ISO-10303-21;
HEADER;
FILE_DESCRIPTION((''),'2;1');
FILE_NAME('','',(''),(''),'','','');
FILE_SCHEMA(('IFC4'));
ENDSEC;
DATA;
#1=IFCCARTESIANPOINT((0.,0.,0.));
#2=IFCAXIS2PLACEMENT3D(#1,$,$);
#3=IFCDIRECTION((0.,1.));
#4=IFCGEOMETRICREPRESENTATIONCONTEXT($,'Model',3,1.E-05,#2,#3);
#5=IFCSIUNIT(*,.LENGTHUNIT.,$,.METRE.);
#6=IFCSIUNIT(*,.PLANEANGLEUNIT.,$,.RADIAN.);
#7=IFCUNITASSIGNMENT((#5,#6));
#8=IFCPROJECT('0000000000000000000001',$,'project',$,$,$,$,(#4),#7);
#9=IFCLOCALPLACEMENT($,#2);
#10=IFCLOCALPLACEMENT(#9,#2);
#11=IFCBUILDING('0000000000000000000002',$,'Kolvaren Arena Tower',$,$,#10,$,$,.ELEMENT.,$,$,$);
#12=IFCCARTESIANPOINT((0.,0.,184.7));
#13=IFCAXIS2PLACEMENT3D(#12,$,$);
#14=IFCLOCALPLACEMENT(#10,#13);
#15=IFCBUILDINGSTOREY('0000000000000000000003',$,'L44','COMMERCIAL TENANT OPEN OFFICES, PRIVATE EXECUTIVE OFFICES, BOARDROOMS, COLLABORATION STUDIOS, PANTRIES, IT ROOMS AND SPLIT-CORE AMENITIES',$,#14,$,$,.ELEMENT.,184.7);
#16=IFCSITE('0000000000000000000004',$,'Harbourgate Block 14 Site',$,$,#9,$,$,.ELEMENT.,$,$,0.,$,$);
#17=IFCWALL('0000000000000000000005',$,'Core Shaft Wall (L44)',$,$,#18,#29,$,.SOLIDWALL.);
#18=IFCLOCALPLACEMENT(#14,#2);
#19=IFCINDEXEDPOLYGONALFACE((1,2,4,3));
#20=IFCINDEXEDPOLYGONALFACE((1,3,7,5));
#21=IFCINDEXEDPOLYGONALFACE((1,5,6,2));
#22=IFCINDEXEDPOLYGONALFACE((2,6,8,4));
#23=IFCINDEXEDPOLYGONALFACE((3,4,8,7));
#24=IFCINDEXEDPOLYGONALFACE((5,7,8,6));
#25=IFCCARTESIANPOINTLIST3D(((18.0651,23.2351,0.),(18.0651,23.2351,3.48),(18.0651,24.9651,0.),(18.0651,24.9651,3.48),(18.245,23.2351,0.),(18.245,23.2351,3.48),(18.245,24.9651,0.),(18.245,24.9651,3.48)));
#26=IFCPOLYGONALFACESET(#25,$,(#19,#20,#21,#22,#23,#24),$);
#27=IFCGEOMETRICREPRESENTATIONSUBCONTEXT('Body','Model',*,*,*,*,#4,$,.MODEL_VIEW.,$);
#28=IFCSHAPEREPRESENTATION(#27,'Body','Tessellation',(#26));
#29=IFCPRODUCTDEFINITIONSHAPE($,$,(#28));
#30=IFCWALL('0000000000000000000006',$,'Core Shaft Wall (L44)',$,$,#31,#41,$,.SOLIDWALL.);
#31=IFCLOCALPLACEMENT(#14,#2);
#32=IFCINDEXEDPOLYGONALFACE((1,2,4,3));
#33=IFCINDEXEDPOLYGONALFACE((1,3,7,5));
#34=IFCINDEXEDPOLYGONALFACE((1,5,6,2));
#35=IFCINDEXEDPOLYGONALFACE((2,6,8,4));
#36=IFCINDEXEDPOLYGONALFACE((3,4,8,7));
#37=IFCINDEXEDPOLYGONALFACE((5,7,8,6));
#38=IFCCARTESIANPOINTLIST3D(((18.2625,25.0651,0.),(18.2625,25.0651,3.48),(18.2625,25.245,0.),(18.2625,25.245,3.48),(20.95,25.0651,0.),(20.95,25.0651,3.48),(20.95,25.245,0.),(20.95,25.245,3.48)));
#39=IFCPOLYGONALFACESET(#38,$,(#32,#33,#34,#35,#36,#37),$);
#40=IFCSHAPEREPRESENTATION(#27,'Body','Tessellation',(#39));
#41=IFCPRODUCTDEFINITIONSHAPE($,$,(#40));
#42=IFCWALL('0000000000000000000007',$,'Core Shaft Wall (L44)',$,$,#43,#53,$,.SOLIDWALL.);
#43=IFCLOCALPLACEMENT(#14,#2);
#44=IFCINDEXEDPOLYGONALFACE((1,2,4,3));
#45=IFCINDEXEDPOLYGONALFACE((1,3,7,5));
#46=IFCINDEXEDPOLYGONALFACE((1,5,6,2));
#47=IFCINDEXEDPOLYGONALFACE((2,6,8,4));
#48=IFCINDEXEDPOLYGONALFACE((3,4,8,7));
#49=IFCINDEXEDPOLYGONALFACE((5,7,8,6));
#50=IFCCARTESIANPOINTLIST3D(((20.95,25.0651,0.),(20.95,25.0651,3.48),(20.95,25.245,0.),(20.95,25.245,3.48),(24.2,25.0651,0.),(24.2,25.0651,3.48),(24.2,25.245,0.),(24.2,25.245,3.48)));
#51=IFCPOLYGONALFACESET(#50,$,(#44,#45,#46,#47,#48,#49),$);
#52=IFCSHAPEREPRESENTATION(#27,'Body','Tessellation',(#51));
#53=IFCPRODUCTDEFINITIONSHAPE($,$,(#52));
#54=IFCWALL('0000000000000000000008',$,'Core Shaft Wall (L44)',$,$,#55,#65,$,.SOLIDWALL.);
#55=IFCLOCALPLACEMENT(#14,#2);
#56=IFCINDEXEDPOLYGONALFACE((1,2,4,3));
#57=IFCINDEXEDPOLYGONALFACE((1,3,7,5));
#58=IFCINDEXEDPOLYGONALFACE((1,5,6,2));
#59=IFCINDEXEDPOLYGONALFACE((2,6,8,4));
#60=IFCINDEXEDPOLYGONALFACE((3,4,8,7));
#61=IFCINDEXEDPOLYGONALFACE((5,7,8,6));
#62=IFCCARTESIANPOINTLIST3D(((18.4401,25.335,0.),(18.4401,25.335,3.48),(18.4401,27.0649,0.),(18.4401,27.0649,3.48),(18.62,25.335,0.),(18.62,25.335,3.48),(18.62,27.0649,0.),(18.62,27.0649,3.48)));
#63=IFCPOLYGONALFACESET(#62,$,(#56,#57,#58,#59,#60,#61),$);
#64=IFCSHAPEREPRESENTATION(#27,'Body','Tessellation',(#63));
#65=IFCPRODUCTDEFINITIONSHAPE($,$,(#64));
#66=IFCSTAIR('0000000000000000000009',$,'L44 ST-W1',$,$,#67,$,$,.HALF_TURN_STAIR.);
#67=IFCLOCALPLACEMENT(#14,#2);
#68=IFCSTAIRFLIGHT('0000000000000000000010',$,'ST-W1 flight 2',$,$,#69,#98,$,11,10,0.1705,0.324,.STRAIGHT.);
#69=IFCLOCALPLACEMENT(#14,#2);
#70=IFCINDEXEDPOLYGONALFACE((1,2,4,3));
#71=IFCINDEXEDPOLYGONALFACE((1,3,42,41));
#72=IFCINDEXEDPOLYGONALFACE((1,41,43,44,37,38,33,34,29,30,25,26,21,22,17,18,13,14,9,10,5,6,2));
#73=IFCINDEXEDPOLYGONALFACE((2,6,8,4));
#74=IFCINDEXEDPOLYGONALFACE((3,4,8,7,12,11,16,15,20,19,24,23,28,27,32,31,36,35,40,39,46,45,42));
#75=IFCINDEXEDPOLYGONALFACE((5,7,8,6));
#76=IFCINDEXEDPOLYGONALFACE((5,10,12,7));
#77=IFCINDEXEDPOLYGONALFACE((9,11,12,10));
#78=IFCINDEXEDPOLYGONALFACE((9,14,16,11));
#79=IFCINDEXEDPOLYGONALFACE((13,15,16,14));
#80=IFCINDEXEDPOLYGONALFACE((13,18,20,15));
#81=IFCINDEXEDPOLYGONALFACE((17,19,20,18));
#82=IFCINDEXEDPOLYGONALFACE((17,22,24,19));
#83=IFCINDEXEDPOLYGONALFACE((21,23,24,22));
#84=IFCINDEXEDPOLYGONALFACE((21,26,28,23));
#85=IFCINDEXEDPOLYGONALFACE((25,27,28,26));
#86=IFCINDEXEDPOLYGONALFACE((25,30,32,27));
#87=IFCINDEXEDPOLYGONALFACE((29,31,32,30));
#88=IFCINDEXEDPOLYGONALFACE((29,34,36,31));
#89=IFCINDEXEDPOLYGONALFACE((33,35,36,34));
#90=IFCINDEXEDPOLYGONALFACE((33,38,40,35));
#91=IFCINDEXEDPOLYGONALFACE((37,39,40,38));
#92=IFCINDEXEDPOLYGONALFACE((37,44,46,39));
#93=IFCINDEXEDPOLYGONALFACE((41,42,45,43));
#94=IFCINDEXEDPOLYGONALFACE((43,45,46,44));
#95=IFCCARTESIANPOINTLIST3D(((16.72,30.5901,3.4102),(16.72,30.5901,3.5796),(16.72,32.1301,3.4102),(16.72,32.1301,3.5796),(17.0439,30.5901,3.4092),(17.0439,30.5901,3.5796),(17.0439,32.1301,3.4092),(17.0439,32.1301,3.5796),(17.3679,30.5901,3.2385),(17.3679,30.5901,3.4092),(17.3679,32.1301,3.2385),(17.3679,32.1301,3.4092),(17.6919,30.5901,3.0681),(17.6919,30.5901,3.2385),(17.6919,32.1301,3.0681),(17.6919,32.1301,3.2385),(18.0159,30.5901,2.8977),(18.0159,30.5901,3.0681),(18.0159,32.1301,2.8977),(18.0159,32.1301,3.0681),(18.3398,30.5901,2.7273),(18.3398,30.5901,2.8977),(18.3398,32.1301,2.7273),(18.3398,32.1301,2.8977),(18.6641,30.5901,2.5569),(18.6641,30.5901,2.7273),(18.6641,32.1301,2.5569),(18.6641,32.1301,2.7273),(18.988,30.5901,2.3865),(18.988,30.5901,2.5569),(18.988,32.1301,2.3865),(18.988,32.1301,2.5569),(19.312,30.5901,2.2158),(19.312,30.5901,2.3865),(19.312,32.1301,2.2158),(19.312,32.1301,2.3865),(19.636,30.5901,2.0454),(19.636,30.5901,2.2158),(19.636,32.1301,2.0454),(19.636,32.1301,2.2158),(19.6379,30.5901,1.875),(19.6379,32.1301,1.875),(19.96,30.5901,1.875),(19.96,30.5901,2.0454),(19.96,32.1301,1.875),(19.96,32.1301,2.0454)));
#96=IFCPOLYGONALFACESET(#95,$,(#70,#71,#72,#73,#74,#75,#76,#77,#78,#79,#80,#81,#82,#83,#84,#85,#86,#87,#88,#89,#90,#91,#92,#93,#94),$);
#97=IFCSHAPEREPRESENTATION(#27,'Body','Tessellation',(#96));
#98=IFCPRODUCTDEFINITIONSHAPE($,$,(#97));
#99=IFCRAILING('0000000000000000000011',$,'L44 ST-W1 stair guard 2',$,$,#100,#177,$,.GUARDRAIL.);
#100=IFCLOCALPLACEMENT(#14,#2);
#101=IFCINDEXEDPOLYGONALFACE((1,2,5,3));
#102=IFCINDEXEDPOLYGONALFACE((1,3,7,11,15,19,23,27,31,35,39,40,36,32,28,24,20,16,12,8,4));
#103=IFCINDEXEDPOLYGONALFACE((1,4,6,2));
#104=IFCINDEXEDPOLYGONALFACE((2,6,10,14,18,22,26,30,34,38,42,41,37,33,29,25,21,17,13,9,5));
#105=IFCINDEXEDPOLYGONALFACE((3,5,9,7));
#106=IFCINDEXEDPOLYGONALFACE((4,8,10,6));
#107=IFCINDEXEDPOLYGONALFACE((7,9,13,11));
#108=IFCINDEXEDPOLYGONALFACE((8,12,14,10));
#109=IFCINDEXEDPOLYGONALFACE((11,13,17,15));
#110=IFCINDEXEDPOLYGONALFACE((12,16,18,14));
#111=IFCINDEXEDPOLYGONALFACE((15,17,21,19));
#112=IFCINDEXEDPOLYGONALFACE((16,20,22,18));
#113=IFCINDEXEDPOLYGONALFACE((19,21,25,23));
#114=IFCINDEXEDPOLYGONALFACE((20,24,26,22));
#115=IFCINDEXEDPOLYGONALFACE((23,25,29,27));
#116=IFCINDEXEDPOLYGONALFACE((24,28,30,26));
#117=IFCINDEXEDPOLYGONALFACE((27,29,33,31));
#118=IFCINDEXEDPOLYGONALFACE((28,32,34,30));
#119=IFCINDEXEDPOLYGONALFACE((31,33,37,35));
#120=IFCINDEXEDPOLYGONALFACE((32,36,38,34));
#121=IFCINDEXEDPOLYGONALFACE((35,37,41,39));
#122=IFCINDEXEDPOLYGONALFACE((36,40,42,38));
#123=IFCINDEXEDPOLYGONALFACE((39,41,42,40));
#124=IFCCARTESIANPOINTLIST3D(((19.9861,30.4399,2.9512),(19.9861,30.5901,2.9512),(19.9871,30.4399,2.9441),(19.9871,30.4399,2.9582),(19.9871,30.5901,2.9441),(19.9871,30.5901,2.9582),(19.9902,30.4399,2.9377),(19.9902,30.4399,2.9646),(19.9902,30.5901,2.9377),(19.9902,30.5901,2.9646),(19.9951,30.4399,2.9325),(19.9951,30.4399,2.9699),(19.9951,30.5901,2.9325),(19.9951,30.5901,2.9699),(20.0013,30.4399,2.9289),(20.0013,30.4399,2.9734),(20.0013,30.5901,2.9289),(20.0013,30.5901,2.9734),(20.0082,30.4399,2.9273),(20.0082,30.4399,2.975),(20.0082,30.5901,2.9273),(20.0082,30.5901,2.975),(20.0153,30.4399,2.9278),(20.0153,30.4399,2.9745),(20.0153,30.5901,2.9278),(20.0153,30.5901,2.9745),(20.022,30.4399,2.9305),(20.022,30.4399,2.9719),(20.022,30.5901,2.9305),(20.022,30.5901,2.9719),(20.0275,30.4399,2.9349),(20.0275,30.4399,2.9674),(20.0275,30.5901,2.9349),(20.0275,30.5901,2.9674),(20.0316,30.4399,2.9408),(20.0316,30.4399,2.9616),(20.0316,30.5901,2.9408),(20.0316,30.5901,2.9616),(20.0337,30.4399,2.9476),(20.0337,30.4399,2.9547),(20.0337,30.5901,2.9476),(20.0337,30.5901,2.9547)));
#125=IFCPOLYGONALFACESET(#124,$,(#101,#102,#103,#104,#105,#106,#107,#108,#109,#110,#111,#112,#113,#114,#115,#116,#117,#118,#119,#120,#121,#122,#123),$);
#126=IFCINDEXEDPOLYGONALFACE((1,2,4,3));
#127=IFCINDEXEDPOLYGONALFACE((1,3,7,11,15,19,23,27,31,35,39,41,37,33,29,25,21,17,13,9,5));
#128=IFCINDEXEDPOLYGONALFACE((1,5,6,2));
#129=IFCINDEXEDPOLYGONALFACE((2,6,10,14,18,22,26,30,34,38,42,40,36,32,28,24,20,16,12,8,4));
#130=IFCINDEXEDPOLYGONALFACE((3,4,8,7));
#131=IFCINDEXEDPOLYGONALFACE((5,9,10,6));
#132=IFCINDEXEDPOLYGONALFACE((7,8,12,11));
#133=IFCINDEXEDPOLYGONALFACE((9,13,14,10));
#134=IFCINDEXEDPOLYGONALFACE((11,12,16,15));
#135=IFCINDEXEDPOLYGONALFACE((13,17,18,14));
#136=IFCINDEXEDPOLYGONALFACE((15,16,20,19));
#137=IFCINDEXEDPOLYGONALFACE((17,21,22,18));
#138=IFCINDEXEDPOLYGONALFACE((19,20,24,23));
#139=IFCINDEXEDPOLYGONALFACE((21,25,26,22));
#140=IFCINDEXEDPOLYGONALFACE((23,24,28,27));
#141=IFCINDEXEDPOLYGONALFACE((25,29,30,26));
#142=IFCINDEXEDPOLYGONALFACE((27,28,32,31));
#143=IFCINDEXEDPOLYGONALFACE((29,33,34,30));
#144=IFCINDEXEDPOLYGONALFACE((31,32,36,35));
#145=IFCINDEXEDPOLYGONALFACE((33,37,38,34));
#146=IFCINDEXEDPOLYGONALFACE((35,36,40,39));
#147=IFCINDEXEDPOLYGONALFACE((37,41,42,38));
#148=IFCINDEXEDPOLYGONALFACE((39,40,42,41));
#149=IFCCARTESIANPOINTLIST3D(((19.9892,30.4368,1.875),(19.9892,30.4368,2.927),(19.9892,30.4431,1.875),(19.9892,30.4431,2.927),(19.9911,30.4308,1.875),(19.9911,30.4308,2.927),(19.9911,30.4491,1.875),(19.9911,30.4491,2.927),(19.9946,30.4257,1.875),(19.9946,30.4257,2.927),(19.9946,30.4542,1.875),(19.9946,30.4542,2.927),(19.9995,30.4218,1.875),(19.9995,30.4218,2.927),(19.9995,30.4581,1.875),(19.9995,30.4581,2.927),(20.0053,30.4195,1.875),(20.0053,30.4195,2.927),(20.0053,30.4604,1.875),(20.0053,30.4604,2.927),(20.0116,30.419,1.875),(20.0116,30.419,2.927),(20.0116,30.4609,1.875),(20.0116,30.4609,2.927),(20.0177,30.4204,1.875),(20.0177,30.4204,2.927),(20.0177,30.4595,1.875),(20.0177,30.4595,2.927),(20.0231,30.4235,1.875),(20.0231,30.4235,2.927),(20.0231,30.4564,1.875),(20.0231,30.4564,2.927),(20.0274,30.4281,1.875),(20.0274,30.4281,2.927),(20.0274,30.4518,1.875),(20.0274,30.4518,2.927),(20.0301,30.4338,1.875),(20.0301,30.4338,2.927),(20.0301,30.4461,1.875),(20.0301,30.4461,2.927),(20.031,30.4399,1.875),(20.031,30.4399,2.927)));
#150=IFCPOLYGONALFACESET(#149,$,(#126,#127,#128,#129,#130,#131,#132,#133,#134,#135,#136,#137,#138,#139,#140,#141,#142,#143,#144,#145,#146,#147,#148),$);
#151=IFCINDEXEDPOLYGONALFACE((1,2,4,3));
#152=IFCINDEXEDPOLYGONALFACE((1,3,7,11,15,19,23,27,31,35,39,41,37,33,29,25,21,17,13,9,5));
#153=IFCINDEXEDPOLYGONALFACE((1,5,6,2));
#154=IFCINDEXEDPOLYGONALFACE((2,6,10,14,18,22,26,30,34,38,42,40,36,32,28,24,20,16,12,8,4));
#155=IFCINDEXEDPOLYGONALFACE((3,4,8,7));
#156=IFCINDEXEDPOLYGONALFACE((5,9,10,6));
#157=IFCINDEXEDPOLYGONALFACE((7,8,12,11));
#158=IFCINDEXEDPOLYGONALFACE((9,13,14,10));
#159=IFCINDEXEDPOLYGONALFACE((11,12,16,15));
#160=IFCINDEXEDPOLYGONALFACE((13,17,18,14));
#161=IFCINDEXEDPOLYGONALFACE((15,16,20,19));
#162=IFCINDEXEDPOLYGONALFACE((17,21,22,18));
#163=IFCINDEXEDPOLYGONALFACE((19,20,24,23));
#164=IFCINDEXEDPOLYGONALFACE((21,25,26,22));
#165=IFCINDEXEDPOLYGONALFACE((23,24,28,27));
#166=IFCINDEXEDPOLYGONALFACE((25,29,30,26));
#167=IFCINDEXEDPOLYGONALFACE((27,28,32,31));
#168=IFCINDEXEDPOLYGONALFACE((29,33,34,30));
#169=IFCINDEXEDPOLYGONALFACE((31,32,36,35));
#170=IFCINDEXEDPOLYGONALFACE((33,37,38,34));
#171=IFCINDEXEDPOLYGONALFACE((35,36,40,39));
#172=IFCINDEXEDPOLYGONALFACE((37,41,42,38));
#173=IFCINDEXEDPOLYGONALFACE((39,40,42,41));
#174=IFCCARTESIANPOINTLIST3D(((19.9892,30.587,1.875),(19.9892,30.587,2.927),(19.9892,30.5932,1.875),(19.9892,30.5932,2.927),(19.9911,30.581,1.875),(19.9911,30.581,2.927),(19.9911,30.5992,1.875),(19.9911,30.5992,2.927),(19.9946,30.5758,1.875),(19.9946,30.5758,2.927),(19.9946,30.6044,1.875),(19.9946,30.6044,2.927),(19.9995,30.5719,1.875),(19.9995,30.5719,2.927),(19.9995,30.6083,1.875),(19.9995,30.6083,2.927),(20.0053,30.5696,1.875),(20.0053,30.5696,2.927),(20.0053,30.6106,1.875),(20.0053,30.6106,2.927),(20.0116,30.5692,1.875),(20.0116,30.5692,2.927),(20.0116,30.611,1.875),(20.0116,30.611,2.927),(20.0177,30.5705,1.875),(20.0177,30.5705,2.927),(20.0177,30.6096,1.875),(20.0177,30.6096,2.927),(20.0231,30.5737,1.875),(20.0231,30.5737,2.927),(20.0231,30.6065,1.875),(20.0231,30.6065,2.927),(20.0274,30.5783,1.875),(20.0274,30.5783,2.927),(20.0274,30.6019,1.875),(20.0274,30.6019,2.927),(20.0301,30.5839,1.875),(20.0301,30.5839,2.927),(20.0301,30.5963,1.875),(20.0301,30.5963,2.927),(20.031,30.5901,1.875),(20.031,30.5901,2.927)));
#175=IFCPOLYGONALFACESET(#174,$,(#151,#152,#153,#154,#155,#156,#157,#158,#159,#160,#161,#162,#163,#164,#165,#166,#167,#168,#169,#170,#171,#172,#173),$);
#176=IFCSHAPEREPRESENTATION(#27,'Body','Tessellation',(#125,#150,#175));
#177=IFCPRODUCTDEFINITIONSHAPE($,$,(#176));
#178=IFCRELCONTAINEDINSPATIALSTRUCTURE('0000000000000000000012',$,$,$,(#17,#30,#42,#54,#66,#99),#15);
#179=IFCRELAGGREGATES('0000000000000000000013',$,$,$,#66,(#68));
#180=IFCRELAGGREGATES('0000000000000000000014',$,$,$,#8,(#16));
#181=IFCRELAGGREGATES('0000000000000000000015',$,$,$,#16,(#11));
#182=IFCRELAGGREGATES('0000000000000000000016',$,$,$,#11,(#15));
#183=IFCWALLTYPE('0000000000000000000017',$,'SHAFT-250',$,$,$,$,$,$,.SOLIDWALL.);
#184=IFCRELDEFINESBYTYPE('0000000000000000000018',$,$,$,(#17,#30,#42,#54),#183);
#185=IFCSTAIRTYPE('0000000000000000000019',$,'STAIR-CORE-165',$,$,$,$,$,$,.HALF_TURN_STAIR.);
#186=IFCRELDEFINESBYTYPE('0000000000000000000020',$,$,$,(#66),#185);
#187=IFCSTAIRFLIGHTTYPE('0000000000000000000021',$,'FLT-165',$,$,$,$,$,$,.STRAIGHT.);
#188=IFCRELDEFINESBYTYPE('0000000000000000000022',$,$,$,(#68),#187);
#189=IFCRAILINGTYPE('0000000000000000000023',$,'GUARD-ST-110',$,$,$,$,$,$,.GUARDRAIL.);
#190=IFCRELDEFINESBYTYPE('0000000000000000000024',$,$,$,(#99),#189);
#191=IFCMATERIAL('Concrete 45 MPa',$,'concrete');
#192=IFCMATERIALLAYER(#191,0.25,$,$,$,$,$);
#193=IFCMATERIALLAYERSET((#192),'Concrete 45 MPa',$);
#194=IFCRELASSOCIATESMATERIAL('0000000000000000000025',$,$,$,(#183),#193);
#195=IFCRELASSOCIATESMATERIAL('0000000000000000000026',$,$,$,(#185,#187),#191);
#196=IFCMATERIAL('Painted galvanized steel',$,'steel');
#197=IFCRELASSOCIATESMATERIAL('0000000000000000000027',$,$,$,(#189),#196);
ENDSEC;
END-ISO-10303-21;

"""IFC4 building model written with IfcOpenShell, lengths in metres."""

from ifc_helpers import new_model, si_unit, direction, frame, frame_2d, origin, origin_2d, place, context, subcontext, project, spatial, polyline, rectangle, circle, outline, extrude, material, layer, layer_set, type_object, element, aggregate, save


model = new_model("IFC4")

# Units and contexts
model_context = context("Model", 3, precision=1e-05, world=origin(), true_north=direction((0.0, 1.0)))
body_context = subcontext(model_context, "Body", "Model", "MODEL_VIEW")
ifc_project = project(units=[si_unit("LENGTHUNIT", "METRE"), si_unit("PLANEANGLEUNIT", "RADIAN")], contexts=[model_context])

# Site, building, storey
site_placement = place(None, origin())
site = spatial("IfcSite", under=ifc_project, at=site_placement, Name="Harbourgate Block 14 Site", CompositionType="ELEMENT", RefElevation=0.0)
building_placement = place(site_placement, origin())
building = spatial("IfcBuilding", under=site, at=building_placement, Name="Kolvaren Arena Tower", CompositionType="ELEMENT")
storey_placement = place(building_placement, frame((0.0, 0.0, 184.7)))
storey = spatial("IfcBuildingStorey", under=building, at=storey_placement, Name="L44", Description="COMMERCIAL TENANT OPEN OFFICES, PRIVATE EXECUTIVE OFFICES, BOARDROOMS, COLLABORATION STUDIOS, PANTRIES, IT ROOMS AND SPLIT-CORE AMENITIES", CompositionType="ELEMENT", Elevation=184.7)

# Shared definitions
ifc_material_1 = material(Name="Concrete 45 MPa", Category="concrete")
ifc_layer_1 = layer(ifc_material_1, 0.25)
ifc_layer_set_1 = layer_set([ifc_layer_1], Name="Concrete 45 MPa")
wall_type_1 = type_object("IfcWallType", Name="SHAFT-250", PredefinedType="SOLIDWALL", material=ifc_layer_set_1)

# Walls
wall_1_placement = place(storey_placement, frame((18.155, 23.2351, 0.0), z_axis=(0.0, 0.0, 1.0), x_axis=(0.0, 1.0, 0.0)))
element("IfcWall", 1, at=wall_1_placement, inside=storey, type_object=wall_type_1, Name="Core Shaft Wall (L44)", PredefinedType="SOLIDWALL", context=body_context, shape_type="SweptSolid", body=[
    extrude(rectangle(XDim=1.73, YDim=0.1799, at=frame_2d((0.865, 0.0))), origin(), (0.0, 0.0, 1.0), 3.48),
])
wall_2_placement = place(storey_placement, frame((18.2625, 25.155, 0.0), z_axis=(0.0, 0.0, 1.0), x_axis=(1.0, 0.0, 0.0)))
element("IfcWall", 2, at=wall_2_placement, inside=storey, type_object=wall_type_1, Name="Core Shaft Wall (L44)", PredefinedType="SOLIDWALL", context=body_context, shape_type="SweptSolid", body=[
    extrude(rectangle(XDim=2.6875, YDim=0.1799, at=frame_2d((1.3438, 0.0))), origin(), (0.0, 0.0, 1.0), 3.48),
])
wall_3_placement = place(storey_placement, frame((20.95, 25.155, 0.0), z_axis=(0.0, 0.0, 1.0), x_axis=(1.0, 0.0, 0.0)))
element("IfcWall", 3, at=wall_3_placement, inside=storey, type_object=wall_type_1, Name="Core Shaft Wall (L44)", PredefinedType="SOLIDWALL", context=body_context, shape_type="SweptSolid", body=[
    extrude(rectangle(XDim=3.25, YDim=0.1799, at=frame_2d((1.625, 0.0))), origin(), (0.0, 0.0, 1.0), 3.48),
])
wall_4_placement = place(storey_placement, frame((18.53, 25.335, 0.0), z_axis=(0.0, 0.0, 1.0), x_axis=(0.0, 1.0, 0.0)))
element("IfcWall", 4, at=wall_4_placement, inside=storey, type_object=wall_type_1, Name="Core Shaft Wall (L44)", PredefinedType="SOLIDWALL", context=body_context, shape_type="SweptSolid", body=[
    extrude(rectangle(XDim=1.73, YDim=0.1799, at=frame_2d((0.865, 0.0))), origin(), (0.0, 0.0, 1.0), 3.48),
])

# Stair, stair flight
stair_type = type_object("IfcStairType", Name="STAIR-CORE-165", PredefinedType="HALF_TURN_STAIR", material=ifc_material_1)
stair_placement = place(storey_placement, origin())
stair = element("IfcStair", 5, at=stair_placement, inside=storey, type_object=stair_type, Name="L44 ST-W1", PredefinedType="HALF_TURN_STAIR")
stair_flight_type = type_object("IfcStairFlightType", Name="FLT-165", PredefinedType="STRAIGHT", material=ifc_material_1)
stair_flight_placement = place(storey_placement, frame((19.96, 31.3601, 1.875), z_axis=(0.0, 0.0, 1.0), x_axis=(-1.0, 0.0, 0.0)))
stair_flight = element("IfcStairFlight", 6, at=stair_flight_placement, type_object=stair_flight_type, Name="ST-W1 flight 2", NumberOfRisers=11, NumberOfTreads=10, PredefinedType="STRAIGHT", RiserHeight=0.1705, TreadLength=0.324, context=body_context, shape_type="SweptSolid", body=[
    extrude(outline(polyline([(0.0, 0.0), (0.0, 0.1704), (0.324, 0.1704), (0.324, 0.3408), (0.6479, 0.3408), (0.6479, 0.5115), (0.9719, 0.5115), (0.9719, 0.6819), (1.2959, 0.6819), (1.2959, 0.8523), (1.6201, 0.8523), (1.6201, 1.0227), (1.9441, 1.0227), (1.9441, 1.1931), (2.2681, 1.1931), (2.2681, 1.3635), (2.592, 1.3635), (2.592, 1.5342), (2.916, 1.5342), (2.916, 1.7046), (3.24, 1.7046), (3.24, 1.875), (3.24, 1.5352), (0.322, 0.0), (0.0, 0.0)])), frame((0.0, 0.77, 0.0), z_axis=(0.0, -1.0, 0.0), x_axis=(1.0, 0.0, 0.0)), (0.0, 0.0, 1.0), 1.54),
])
aggregate(stair, [stair_flight])

# Railing
ifc_material_2 = material(Name="Painted galvanized steel", Category="steel")
railing_type_1 = type_object("IfcRailingType", Name="GUARD-ST-110", PredefinedType="GUARDRAIL", material=ifc_material_2)
railing_1_placement = place(storey_placement, frame((20.01, 30.4399, 1.875)))
element("IfcRailing", 7, at=railing_1_placement, inside=storey, type_object=railing_type_1, Name="L44 ST-W1 stair guard 2", PredefinedType="GUARDRAIL", context=body_context, shape_type="SweptSolid", body=[
    extrude(circle(Radius=0.0239, at=origin_2d()), frame((0.0, 0.0, 1.0762), z_axis=(0.0, 1.0, 0.0), x_axis=(-1.0, 0.0, 0.0)), (0.0, 0.0, 1.0), 0.1501),
    extrude(circle(Radius=0.021, at=origin_2d()), origin(), (0.0, 0.0, 1.0), 1.052),
    extrude(circle(Radius=0.021, at=origin_2d()), frame((0.0, 0.1501, 0.0)), (0.0, 0.0, 1.0), 1.052),
])

save(model, "model.ifc")
